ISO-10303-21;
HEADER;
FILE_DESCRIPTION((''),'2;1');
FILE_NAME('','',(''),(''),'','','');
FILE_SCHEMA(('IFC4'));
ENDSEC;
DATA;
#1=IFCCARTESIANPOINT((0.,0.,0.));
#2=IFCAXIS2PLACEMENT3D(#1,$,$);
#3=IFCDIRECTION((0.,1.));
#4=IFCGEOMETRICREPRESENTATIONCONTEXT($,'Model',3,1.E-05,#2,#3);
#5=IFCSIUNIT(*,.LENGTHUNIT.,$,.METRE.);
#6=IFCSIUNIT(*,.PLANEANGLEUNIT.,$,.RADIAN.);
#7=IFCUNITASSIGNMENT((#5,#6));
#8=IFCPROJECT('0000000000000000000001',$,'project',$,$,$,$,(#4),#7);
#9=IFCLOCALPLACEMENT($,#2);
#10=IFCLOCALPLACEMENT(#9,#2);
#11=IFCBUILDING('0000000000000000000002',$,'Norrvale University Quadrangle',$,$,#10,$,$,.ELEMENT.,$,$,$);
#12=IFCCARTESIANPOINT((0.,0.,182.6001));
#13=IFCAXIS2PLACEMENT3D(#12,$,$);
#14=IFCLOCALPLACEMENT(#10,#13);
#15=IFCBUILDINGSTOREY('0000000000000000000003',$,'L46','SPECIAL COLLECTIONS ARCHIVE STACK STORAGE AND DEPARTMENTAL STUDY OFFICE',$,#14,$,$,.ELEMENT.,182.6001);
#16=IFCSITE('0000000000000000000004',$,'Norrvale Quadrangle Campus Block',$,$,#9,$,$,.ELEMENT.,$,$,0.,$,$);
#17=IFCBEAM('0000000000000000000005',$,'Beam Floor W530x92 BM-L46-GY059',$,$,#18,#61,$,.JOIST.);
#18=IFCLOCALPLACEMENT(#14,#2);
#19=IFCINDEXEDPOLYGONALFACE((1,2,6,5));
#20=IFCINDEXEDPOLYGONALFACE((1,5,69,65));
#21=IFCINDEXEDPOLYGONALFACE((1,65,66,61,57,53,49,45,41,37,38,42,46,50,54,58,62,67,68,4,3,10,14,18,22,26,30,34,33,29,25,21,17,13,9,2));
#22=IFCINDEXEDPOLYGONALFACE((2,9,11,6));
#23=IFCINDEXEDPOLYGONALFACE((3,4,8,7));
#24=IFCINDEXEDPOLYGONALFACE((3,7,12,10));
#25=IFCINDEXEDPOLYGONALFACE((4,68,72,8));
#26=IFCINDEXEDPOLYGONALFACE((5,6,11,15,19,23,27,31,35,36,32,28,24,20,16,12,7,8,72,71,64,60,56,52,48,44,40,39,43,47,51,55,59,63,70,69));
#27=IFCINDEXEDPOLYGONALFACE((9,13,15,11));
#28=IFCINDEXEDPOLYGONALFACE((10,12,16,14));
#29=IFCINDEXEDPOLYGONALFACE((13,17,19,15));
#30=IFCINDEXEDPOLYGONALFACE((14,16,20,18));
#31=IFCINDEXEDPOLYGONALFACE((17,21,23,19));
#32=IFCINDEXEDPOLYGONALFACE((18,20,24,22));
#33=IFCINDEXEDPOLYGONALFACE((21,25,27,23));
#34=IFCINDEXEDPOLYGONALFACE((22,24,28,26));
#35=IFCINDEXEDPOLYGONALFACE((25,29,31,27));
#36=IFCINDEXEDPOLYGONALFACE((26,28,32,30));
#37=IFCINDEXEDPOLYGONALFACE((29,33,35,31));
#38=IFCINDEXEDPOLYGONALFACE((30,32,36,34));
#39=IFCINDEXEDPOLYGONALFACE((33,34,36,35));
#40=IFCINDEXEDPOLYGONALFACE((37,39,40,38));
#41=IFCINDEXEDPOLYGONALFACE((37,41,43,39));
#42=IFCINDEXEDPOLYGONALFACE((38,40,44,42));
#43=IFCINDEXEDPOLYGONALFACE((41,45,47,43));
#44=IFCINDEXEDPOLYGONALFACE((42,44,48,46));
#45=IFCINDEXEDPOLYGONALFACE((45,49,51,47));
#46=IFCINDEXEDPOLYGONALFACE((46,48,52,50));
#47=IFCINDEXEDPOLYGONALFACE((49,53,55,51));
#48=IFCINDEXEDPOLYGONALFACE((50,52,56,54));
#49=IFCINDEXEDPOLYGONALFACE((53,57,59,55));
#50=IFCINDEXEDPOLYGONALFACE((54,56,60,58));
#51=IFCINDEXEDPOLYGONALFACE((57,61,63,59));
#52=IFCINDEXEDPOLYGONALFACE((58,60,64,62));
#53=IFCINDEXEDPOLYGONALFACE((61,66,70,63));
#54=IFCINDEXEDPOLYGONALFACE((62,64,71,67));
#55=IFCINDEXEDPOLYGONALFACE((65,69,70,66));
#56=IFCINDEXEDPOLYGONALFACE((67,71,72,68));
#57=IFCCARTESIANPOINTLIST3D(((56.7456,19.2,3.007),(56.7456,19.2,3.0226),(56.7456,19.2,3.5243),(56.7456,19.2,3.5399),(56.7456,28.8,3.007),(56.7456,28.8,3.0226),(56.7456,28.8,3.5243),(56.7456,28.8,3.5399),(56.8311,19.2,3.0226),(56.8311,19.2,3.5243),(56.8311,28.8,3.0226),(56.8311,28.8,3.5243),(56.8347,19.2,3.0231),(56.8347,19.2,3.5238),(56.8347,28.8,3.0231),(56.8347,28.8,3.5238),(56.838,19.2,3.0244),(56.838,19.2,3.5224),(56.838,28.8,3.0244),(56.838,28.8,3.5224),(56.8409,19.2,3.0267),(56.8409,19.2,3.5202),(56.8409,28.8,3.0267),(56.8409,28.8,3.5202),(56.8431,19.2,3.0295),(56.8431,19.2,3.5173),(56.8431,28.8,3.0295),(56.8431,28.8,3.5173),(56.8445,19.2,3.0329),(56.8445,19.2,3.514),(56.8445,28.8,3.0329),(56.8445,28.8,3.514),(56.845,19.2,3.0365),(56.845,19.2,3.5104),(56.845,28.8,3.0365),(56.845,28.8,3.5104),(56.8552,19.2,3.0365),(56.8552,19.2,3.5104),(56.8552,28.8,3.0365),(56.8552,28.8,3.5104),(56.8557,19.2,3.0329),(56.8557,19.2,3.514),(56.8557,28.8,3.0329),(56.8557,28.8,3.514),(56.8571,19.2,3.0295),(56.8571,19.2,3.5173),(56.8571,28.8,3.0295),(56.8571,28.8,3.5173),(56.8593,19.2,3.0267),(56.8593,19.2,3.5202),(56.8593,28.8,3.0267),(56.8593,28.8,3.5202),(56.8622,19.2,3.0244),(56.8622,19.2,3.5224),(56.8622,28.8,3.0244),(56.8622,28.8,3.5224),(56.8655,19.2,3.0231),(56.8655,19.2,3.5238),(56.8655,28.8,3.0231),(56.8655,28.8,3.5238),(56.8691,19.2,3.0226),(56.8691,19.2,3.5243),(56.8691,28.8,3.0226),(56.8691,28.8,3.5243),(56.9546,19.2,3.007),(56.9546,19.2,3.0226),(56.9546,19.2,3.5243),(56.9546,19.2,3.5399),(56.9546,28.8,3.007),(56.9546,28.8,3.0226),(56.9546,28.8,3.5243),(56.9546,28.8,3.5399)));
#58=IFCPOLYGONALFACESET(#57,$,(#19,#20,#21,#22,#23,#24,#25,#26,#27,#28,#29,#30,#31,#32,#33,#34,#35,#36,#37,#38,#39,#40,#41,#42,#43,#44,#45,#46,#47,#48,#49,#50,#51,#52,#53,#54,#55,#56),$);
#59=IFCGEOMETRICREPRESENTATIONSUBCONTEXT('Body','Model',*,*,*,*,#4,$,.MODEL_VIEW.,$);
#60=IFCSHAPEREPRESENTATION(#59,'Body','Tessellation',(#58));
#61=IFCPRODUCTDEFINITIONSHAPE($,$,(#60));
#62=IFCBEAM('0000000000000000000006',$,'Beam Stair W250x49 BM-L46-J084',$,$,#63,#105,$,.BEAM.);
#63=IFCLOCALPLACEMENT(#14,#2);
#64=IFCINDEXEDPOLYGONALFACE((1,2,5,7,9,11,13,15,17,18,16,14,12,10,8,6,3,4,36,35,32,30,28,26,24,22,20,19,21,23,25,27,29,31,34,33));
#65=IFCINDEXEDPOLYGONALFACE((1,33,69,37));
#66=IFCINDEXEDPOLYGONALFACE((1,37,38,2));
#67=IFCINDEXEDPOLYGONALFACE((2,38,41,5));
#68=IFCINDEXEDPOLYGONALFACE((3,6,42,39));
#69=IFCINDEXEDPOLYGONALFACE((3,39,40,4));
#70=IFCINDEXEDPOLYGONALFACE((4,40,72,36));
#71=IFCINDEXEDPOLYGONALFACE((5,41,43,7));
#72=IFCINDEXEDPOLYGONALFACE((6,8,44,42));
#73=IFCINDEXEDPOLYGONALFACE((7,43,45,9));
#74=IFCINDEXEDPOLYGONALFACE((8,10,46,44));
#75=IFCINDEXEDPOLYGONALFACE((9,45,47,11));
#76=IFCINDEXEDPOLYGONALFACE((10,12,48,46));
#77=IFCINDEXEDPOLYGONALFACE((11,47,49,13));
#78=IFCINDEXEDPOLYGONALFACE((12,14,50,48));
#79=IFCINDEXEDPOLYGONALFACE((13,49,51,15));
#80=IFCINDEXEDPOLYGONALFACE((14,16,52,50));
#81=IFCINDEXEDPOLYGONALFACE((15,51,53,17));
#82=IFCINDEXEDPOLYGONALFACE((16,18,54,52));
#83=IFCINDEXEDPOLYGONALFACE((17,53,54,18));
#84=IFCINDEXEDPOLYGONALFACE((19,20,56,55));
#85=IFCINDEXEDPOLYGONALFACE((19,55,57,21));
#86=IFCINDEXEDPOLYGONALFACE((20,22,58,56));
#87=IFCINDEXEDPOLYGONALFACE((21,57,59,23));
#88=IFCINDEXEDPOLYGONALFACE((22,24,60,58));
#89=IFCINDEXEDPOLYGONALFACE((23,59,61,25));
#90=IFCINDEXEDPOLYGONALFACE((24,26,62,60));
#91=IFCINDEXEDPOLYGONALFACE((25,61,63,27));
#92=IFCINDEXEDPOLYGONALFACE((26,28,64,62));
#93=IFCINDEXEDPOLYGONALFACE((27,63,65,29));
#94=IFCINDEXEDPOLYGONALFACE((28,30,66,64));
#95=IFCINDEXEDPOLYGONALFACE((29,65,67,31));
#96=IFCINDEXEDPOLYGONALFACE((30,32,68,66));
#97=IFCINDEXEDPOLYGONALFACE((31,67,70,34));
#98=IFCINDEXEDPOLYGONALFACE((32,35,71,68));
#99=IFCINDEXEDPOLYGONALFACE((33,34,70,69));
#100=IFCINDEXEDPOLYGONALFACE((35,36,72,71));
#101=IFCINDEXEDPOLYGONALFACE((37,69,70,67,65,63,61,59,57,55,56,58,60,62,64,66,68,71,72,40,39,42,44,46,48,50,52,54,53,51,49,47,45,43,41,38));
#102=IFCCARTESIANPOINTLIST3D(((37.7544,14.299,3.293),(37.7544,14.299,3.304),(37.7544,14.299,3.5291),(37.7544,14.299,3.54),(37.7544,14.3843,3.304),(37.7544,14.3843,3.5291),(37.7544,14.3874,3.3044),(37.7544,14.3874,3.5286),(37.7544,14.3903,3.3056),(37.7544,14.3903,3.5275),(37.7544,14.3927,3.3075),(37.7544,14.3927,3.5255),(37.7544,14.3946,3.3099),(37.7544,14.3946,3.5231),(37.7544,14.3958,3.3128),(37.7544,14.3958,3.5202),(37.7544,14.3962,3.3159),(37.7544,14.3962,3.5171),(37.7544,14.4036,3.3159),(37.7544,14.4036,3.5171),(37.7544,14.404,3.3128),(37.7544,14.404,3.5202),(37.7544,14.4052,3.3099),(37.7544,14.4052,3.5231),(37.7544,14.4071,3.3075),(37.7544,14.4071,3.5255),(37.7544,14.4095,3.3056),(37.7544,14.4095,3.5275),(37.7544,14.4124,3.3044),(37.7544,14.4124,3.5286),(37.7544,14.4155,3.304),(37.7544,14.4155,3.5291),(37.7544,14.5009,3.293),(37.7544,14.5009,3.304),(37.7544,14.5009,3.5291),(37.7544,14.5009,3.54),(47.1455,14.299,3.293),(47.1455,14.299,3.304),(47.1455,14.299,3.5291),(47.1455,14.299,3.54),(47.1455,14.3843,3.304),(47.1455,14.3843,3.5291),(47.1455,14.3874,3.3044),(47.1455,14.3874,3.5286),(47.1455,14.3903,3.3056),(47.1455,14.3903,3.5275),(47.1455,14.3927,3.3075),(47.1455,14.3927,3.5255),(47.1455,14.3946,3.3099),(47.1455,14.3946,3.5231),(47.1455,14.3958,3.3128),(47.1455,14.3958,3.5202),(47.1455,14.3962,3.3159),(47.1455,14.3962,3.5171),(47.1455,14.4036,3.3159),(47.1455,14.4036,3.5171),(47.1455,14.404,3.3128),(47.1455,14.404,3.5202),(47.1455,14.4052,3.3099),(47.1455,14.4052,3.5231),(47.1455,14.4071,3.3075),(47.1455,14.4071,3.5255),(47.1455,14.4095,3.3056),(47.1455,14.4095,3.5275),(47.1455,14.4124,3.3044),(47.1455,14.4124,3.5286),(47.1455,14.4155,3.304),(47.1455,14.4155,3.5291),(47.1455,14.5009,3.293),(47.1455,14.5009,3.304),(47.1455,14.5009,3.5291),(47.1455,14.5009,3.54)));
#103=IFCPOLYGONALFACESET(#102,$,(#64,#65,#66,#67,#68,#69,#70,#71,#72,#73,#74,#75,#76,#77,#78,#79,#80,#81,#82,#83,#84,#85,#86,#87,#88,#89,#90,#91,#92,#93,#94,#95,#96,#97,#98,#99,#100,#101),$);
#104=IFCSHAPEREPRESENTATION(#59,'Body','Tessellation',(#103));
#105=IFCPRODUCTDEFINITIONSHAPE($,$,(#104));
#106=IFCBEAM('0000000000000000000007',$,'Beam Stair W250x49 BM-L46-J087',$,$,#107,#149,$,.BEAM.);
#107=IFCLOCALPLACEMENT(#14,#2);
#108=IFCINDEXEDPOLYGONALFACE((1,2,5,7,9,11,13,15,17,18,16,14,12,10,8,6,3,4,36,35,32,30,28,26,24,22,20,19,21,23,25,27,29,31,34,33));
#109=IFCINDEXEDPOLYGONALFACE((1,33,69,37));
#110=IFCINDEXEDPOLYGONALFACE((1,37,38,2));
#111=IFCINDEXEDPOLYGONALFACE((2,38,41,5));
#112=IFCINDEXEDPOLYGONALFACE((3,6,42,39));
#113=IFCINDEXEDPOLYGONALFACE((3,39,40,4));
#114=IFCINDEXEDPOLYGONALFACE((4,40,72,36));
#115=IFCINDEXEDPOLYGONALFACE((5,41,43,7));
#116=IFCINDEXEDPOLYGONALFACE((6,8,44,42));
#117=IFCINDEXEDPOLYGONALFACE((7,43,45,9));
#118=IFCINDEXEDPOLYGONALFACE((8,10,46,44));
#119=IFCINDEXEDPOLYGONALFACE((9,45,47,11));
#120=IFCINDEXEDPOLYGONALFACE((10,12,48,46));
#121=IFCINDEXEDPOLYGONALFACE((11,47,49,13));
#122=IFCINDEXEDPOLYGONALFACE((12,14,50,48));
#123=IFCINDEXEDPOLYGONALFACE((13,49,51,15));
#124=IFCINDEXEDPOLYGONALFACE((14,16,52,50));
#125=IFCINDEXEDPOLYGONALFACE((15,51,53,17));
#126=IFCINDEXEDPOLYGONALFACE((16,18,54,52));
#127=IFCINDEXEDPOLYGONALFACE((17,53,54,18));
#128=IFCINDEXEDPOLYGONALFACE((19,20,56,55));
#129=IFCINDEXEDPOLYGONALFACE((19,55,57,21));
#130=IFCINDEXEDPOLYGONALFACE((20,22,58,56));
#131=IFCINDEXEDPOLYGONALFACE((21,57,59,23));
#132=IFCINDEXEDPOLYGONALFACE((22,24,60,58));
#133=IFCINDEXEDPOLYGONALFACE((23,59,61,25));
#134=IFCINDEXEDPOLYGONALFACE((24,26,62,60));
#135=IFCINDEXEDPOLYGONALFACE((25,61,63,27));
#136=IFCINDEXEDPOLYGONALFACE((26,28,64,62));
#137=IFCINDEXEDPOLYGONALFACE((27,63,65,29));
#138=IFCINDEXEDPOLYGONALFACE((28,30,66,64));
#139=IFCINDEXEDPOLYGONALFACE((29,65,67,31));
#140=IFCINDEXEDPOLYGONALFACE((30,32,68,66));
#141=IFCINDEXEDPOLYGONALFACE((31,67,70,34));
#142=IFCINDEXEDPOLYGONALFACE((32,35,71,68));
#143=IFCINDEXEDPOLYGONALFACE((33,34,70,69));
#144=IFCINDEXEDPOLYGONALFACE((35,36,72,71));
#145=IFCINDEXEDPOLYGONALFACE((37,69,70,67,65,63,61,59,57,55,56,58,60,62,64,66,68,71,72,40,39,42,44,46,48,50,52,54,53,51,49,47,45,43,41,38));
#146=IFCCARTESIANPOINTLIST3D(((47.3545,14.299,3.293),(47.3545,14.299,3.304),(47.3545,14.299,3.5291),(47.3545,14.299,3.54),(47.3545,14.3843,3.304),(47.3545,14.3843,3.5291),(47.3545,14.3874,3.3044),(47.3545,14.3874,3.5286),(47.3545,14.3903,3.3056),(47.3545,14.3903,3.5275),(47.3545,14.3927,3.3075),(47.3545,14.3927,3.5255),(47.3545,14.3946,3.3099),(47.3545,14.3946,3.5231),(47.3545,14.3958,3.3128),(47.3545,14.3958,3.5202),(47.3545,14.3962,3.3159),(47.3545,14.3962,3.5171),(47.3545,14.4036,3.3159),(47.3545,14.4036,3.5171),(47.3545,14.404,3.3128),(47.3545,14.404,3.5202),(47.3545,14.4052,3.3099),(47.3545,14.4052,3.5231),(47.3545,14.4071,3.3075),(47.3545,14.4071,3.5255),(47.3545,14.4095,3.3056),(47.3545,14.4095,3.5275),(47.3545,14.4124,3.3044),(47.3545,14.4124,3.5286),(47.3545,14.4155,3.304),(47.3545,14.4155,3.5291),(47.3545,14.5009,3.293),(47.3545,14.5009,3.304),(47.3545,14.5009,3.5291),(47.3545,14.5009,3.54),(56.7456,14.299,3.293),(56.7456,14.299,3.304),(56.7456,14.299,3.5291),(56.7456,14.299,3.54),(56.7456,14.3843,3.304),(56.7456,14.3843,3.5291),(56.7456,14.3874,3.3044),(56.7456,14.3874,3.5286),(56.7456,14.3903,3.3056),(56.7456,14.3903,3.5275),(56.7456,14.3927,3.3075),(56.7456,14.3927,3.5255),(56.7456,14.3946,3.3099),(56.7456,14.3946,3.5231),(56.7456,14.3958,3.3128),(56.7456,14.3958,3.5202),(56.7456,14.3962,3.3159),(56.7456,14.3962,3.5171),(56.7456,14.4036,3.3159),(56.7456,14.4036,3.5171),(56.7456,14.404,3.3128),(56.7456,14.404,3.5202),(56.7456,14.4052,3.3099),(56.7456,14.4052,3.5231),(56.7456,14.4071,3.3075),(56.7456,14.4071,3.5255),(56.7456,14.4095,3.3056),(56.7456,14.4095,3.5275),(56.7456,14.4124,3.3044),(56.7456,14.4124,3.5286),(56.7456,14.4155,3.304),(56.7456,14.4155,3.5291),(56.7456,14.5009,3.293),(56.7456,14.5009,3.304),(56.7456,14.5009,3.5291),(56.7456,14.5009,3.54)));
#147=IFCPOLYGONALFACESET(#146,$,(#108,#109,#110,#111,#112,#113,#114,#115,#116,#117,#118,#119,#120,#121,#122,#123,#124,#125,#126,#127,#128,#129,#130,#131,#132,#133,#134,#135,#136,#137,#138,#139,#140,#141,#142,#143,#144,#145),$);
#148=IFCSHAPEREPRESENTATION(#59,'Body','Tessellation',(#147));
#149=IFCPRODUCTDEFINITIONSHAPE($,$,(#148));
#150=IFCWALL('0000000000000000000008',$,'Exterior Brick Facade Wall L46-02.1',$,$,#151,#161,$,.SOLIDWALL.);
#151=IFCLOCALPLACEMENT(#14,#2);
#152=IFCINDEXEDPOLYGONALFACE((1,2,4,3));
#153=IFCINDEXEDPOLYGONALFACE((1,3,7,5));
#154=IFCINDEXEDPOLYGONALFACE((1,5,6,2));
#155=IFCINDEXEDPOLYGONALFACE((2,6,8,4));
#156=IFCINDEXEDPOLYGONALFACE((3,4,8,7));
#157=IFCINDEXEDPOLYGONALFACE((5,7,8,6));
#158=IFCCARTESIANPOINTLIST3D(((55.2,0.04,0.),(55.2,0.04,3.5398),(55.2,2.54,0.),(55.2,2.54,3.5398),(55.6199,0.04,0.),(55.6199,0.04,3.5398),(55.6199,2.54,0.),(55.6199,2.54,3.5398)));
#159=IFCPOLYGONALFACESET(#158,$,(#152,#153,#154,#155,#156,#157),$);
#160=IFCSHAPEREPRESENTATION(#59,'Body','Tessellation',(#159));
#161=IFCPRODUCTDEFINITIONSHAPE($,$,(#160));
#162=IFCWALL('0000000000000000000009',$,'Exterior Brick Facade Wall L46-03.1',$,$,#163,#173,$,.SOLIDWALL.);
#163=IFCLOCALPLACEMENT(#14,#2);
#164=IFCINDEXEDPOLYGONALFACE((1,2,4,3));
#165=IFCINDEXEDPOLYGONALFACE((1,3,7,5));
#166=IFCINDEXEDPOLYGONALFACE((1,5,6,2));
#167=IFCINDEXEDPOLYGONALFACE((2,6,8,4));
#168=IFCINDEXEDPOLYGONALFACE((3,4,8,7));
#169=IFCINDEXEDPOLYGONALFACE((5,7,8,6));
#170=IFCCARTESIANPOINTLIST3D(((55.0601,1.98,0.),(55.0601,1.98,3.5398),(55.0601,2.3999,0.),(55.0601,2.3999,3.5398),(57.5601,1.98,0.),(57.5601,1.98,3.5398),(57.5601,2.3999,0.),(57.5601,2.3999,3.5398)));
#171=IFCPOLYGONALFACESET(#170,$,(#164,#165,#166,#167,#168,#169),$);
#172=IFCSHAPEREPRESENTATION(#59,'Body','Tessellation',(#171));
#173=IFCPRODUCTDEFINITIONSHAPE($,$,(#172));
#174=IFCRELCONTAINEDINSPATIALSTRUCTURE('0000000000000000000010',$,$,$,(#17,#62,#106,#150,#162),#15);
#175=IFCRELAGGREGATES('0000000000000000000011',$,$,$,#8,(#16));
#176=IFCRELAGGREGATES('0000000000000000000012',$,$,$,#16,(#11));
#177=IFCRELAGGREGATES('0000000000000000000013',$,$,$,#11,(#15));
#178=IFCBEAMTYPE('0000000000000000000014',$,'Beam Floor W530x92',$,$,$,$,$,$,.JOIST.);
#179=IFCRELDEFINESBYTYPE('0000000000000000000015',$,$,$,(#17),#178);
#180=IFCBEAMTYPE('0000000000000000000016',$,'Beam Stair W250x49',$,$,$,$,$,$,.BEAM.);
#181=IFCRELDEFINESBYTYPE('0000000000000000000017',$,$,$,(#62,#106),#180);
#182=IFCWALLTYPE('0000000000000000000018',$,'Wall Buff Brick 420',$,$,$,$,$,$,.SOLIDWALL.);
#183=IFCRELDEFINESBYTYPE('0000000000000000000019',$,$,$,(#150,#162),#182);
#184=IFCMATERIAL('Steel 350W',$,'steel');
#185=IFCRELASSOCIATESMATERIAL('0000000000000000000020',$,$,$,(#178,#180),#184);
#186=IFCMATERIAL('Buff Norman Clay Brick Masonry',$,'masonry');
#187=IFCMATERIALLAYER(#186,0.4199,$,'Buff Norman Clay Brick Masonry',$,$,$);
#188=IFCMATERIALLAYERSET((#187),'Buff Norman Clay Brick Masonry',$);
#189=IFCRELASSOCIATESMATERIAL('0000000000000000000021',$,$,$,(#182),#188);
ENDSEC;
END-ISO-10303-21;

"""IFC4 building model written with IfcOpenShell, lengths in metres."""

from ifc_helpers import new_model, si_unit, direction, frame, frame_2d, origin, origin_2d, place, context, subcontext, project, spatial, rectangle, i_section, extrude, material, layer, layer_set, material_profile, profile_set, type_object, element, save


model = new_model("IFC4")

# Units and contexts
model_context = context("Model", 3, precision=1e-05, world=origin(), true_north=direction((0.0, 1.0)))
body_context = subcontext(model_context, "Body", "Model", "MODEL_VIEW")
ifc_project = project(units=[si_unit("LENGTHUNIT", "METRE"), si_unit("PLANEANGLEUNIT", "RADIAN")], contexts=[model_context])

# Site, building, storey
site_placement = place(None, origin())
site = spatial("IfcSite", under=ifc_project, at=site_placement, Name="Norrvale Quadrangle Campus Block", CompositionType="ELEMENT", RefElevation=0.0)
building_placement = place(site_placement, origin())
building = spatial("IfcBuilding", under=site, at=building_placement, Name="Norrvale University Quadrangle", CompositionType="ELEMENT")
storey_placement = place(building_placement, frame((0.0, 0.0, 182.6001)))
storey = spatial("IfcBuildingStorey", under=building, at=storey_placement, Name="L46", Description="SPECIAL COLLECTIONS ARCHIVE STACK STORAGE AND DEPARTMENTAL STUDY OFFICE", CompositionType="ELEMENT", Elevation=182.6001)

# Beams
ifc_material_1 = material(Name="Steel 350W", Category="steel")
ifc_material_profile_1 = material_profile(ifc_material_1, i_section(OverallWidth=0.209, OverallDepth=0.533, WebThickness=0.0103, FlangeThickness=0.0156, FilletRadius=0.0139, at=origin_2d()), Name="Steel 350W")
ifc_profile_set_1 = profile_set([ifc_material_profile_1], Name="Steel 350W")
beam_type_1 = type_object("IfcBeamType", Name="Beam Floor W530x92", PredefinedType="JOIST", material=ifc_profile_set_1)
beam_1_placement = place(storey_placement, frame((56.8501, 19.2, 3.2734), z_axis=(0.0, 1.0, 0.0), x_axis=(-1.0, 0.0, 0.0)))
element("IfcBeam", 1, at=beam_1_placement, inside=storey, type_object=beam_type_1, Name="Beam Floor W530x92 BM-L46-GY059", PredefinedType="JOIST", context=body_context, shape_type="SweptSolid", body=[
    extrude(i_section(OverallWidth=0.209, OverallDepth=0.533, WebThickness=0.0103, FlangeThickness=0.0156, FilletRadius=0.0139, at=origin_2d()), origin(), (0.0, 0.0, 1.0), 9.6001),
])
ifc_material_profile_2 = material_profile(ifc_material_1, i_section(OverallWidth=0.2019, OverallDepth=0.2471, WebThickness=0.0073, FlangeThickness=0.011, FilletRadius=0.012, at=origin_2d()), Name="Steel 350W")
ifc_profile_set_2 = profile_set([ifc_material_profile_2], Name="Steel 350W")
beam_type_2 = type_object("IfcBeamType", Name="Beam Stair W250x49", PredefinedType="BEAM", material=ifc_profile_set_2)
for number, where, z_axis, x_axis, name in (
    (2, (37.7544, 14.3999, 3.4165), (1.0, 0.0, 0.0), (0.0, 1.0, 0.0), "Beam Stair W250x49 BM-L46-J084"),
    (3, (47.3545, 14.3999, 3.4165), (1.0, 0.0, 0.0), (0.0, 1.0, 0.0), "Beam Stair W250x49 BM-L46-J087"),
):
    element("IfcBeam", number, at=place(storey_placement, frame(where, z_axis=z_axis, x_axis=x_axis)), inside=storey, type_object=beam_type_2, Name=name, PredefinedType="BEAM", context=body_context, shape_type="SweptSolid", body=[
        extrude(i_section(OverallWidth=0.2019, OverallDepth=0.2471, WebThickness=0.0073, FlangeThickness=0.011, FilletRadius=0.012, at=origin_2d()), origin(), (0.0, 0.0, 1.0), 9.3911),
    ])

# Walls
ifc_material_2 = material(Name="Buff Norman Clay Brick Masonry", Category="masonry")
ifc_layer_1 = layer(ifc_material_2, 0.4199, Name="Buff Norman Clay Brick Masonry")
ifc_layer_set_1 = layer_set([ifc_layer_1], Name="Buff Norman Clay Brick Masonry")
wall_type_1 = type_object("IfcWallType", Name="Wall Buff Brick 420", PredefinedType="SOLIDWALL", material=ifc_layer_set_1)
for number, where, z_axis, x_axis, name in (
    (4, (55.4099, 0.04, 0.0), (0.0, 0.0, 1.0), (0.0, 1.0, 0.0), "Exterior Brick Facade Wall L46-02.1"),
    (5, (55.0601, 2.1899, 0.0), (0.0, 0.0, 1.0), (1.0, 0.0, 0.0), "Exterior Brick Facade Wall L46-03.1"),
):
    element("IfcWall", number, at=place(storey_placement, frame(where, z_axis=z_axis, x_axis=x_axis)), inside=storey, type_object=wall_type_1, Name=name, PredefinedType="SOLIDWALL", context=body_context, shape_type="SweptSolid", body=[
        extrude(rectangle(XDim=2.5, YDim=0.4199, at=frame_2d((1.25, 0.0))), origin(), (0.0, 0.0, 1.0), 3.5398),
    ])

save(model, "model.ifc")
